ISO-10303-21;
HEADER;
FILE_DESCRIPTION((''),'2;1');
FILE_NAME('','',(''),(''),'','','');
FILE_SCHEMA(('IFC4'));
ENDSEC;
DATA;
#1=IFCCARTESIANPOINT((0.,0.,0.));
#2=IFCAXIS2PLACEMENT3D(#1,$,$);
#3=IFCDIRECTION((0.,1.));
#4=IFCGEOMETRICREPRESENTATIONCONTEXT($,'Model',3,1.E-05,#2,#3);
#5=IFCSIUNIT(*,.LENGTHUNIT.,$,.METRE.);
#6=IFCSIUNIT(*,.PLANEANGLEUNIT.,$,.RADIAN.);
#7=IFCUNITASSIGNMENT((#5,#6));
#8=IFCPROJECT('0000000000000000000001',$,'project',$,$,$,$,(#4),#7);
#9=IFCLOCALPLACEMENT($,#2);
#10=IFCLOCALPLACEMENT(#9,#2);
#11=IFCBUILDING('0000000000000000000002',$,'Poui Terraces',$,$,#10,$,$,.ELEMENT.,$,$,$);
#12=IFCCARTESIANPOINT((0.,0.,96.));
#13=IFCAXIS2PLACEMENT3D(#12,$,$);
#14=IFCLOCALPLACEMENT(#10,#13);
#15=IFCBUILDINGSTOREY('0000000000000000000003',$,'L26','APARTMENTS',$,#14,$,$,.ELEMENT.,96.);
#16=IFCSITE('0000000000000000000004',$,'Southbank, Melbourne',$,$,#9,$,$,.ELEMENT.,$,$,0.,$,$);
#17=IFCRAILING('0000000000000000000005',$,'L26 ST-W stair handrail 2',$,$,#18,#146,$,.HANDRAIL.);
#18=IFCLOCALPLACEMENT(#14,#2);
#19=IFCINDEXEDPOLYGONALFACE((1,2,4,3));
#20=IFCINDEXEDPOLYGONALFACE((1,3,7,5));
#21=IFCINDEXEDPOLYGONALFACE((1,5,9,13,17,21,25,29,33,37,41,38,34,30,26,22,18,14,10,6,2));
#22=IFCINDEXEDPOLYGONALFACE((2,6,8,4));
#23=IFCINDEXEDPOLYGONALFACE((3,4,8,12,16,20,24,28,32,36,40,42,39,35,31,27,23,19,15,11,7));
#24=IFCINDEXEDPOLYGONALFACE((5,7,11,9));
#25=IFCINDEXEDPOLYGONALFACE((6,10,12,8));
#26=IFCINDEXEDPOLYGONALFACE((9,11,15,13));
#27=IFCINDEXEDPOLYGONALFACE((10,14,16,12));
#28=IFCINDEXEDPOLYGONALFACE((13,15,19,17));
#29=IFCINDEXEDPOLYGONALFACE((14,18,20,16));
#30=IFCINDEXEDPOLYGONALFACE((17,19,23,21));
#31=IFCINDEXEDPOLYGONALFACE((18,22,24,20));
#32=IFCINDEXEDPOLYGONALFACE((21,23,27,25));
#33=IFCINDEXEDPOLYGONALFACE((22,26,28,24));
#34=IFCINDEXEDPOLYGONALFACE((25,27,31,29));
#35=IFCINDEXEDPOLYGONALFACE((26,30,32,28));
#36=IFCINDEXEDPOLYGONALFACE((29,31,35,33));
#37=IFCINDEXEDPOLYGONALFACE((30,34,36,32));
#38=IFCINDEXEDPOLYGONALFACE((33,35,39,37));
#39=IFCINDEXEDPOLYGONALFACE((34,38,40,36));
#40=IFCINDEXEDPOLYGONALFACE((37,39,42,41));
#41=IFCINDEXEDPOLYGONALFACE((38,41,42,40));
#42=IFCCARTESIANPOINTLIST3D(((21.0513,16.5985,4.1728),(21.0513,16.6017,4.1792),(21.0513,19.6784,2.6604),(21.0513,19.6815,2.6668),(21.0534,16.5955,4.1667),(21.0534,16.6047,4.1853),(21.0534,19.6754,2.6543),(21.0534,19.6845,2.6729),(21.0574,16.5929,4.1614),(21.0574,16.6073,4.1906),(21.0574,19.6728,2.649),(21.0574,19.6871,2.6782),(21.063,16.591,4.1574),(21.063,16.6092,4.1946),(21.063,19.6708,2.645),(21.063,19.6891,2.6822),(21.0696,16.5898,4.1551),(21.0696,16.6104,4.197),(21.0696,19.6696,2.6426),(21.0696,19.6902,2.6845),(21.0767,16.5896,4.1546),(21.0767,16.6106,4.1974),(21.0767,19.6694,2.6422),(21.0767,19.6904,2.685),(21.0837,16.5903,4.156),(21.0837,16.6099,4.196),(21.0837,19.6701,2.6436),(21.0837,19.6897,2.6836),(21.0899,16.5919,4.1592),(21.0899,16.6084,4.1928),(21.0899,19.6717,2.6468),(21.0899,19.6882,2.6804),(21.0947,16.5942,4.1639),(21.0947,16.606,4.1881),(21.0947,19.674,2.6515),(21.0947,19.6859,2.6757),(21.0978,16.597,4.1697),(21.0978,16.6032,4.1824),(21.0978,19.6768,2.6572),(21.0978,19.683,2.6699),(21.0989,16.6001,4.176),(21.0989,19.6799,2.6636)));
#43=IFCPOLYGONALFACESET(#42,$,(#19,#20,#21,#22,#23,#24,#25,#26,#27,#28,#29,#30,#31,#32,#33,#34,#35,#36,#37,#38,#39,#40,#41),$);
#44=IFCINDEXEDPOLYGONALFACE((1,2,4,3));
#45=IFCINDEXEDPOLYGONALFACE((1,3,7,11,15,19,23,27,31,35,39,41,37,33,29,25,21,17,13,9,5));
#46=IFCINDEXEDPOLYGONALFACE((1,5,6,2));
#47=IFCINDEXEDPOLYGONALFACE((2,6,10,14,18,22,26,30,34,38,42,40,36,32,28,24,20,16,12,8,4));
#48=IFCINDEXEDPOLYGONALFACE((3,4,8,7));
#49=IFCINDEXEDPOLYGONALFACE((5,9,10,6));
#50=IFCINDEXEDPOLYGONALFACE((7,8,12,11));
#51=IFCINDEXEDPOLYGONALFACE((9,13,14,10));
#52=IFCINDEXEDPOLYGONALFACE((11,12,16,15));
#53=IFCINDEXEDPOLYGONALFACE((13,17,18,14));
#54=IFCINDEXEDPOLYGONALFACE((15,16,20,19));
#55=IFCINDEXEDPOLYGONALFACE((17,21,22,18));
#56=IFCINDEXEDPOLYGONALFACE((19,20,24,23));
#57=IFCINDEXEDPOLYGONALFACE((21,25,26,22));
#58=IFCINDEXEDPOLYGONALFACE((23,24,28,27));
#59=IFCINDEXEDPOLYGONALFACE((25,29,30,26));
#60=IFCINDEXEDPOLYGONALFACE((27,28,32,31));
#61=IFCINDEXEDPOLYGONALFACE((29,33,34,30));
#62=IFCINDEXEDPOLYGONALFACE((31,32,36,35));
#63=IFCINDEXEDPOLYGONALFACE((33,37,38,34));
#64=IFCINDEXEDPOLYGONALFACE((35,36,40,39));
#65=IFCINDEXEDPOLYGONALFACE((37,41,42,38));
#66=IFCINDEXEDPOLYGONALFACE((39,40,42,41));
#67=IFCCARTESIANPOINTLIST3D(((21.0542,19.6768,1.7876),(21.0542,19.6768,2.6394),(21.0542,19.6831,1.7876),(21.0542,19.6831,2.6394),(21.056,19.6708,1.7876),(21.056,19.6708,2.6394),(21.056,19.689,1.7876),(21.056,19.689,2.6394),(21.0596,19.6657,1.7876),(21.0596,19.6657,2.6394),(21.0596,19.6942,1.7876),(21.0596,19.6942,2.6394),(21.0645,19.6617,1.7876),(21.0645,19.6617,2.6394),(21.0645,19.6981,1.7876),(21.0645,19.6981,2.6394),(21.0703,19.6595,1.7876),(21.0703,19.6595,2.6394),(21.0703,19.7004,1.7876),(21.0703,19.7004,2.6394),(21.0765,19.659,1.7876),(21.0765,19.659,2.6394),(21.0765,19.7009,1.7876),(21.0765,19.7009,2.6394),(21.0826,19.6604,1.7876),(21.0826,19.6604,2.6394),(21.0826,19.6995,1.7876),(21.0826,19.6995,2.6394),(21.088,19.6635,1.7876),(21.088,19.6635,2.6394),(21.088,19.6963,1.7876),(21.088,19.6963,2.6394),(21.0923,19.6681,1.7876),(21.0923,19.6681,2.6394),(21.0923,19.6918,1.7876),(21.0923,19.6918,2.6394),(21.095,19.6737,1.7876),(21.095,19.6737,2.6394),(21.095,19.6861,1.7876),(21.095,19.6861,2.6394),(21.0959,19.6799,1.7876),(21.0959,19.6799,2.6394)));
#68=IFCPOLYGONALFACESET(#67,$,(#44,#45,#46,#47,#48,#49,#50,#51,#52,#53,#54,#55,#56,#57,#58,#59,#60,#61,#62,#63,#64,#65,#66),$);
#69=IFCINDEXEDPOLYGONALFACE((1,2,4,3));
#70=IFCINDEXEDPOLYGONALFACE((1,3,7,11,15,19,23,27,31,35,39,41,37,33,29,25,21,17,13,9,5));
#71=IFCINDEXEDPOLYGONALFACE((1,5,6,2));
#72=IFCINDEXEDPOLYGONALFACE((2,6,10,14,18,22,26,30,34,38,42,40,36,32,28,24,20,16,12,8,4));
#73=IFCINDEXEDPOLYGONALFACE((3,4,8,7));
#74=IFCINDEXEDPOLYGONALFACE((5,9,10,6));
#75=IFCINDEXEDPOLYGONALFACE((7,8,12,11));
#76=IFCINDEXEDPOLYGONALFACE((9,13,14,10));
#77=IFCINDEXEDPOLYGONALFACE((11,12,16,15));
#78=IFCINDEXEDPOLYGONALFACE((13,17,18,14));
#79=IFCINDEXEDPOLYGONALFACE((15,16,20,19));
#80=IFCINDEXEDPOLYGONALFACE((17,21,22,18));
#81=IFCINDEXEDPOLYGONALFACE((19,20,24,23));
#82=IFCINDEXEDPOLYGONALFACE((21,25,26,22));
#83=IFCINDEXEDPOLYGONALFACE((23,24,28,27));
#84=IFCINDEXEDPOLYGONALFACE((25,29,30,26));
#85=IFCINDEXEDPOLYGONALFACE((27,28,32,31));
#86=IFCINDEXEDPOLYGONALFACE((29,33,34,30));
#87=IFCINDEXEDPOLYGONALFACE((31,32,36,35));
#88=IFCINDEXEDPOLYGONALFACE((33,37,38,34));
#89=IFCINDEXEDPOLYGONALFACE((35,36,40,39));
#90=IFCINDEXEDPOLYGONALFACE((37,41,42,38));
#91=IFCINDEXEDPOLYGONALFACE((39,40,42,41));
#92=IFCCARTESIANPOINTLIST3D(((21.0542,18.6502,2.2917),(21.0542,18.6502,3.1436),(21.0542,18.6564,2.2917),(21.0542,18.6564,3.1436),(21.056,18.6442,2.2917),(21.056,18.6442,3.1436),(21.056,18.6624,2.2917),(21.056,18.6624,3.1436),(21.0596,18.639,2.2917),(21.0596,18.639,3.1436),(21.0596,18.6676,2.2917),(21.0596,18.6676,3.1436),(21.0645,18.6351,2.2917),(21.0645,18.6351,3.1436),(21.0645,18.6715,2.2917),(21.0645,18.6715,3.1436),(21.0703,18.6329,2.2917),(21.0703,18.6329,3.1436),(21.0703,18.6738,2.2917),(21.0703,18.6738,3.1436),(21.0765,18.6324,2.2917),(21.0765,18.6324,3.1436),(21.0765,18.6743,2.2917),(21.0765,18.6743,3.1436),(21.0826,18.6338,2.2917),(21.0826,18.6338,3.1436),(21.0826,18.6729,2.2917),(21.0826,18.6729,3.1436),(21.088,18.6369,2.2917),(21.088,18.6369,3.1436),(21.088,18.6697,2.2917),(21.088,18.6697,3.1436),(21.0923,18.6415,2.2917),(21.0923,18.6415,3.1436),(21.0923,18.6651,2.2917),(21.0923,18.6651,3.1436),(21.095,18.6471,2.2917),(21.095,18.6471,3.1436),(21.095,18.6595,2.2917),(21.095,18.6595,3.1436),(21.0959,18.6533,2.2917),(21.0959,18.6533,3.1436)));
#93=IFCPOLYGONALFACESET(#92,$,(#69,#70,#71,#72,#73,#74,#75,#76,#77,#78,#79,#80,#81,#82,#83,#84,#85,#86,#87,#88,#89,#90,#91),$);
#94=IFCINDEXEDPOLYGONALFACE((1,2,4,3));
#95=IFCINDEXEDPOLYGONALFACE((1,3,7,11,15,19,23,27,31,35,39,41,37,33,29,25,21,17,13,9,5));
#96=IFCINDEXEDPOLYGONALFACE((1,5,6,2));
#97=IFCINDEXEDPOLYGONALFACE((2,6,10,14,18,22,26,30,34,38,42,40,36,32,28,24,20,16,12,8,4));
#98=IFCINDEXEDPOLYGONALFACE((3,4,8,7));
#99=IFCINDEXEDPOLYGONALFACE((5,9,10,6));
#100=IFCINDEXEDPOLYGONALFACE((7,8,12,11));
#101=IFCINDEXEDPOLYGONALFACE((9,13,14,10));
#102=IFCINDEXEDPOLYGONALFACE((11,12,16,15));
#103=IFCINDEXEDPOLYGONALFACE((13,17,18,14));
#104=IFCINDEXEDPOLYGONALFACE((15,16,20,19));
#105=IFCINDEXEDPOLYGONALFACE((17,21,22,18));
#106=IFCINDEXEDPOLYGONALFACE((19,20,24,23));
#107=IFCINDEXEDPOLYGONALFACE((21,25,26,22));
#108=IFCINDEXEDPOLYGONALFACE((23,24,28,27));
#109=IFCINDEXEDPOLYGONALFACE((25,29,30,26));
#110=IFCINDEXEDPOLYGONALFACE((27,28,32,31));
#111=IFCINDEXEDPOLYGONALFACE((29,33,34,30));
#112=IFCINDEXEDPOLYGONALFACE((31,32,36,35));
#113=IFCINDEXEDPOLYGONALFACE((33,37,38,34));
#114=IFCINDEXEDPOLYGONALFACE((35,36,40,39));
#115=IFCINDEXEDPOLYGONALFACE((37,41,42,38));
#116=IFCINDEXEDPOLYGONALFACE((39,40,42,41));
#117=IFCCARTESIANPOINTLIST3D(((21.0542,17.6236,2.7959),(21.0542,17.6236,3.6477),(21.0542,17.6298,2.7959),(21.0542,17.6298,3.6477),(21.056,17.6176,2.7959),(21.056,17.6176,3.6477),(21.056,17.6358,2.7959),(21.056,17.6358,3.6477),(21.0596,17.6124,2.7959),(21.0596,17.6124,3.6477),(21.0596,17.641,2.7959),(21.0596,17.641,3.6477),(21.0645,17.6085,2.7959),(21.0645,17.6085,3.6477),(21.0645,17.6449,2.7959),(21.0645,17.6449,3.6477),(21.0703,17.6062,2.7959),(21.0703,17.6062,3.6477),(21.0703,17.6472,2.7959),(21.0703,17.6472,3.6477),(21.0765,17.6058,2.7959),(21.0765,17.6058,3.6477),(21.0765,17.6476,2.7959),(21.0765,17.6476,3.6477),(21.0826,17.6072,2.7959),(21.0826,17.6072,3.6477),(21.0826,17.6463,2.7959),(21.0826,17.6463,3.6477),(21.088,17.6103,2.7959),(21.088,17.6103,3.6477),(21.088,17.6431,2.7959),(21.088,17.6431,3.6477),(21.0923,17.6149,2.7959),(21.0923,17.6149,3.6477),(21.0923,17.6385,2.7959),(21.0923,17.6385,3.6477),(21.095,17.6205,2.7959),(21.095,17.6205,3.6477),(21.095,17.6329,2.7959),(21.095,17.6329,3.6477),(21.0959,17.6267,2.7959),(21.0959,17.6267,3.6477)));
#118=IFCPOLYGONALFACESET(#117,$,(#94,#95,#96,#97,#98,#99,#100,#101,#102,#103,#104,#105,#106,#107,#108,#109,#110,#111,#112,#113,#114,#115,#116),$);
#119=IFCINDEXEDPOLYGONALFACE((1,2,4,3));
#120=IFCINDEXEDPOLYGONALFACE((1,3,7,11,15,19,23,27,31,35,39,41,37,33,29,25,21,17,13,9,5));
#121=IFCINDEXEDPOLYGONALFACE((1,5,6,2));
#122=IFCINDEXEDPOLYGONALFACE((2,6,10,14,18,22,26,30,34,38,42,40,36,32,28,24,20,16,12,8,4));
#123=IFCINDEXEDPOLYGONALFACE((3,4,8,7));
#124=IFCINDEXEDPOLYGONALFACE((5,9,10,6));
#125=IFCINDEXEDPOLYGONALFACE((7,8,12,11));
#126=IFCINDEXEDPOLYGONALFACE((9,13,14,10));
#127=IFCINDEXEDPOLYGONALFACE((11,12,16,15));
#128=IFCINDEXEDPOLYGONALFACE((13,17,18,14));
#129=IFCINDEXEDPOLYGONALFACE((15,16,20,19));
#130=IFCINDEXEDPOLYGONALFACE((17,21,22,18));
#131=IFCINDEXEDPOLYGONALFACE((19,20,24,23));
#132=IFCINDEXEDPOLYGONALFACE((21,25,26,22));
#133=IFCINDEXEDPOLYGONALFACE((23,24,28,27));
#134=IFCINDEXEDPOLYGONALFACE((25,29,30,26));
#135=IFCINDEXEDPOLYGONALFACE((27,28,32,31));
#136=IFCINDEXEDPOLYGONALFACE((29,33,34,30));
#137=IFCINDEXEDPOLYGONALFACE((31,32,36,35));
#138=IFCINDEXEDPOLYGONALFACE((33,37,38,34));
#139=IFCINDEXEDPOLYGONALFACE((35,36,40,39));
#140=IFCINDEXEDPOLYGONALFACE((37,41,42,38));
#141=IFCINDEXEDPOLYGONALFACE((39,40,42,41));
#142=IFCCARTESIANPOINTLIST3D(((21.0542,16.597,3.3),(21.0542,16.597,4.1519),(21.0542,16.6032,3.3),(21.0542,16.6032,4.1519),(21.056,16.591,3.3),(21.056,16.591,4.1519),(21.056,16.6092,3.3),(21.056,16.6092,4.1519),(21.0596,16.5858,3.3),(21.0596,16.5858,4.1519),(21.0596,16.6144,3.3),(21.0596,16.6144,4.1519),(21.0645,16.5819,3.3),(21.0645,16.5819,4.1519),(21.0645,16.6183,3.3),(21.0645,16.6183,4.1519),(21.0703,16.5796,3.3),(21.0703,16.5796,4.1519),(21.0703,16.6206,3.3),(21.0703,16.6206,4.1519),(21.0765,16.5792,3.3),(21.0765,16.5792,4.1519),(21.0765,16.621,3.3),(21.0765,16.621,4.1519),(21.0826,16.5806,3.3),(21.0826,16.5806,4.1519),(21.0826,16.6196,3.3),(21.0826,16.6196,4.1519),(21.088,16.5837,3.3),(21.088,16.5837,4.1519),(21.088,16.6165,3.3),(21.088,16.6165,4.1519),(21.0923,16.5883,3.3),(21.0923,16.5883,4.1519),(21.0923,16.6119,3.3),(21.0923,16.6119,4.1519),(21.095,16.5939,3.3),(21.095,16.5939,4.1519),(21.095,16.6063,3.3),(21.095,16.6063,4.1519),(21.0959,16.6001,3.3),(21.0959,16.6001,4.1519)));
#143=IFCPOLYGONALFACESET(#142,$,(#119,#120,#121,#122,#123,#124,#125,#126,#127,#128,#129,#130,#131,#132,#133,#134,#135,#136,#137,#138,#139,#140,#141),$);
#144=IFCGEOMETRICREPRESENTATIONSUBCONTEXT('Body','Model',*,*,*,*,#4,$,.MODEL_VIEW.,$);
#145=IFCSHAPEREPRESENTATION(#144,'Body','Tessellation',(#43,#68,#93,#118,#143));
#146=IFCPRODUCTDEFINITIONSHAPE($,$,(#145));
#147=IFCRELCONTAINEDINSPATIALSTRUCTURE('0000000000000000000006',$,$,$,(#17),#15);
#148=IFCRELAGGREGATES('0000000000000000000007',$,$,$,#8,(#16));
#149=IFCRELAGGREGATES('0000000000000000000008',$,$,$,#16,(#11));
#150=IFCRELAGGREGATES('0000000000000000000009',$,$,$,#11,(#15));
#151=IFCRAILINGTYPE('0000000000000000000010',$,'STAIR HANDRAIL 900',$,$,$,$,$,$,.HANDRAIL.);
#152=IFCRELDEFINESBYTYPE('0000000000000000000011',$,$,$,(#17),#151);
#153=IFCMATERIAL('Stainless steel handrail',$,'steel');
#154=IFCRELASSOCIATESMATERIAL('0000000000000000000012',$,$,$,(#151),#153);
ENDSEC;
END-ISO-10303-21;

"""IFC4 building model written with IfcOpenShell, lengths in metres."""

from ifc_helpers import new_model, si_unit, direction, frame, origin, origin_2d, place, context, subcontext, project, spatial, circle, extrude, material, type_object, element, save


model = new_model("IFC4")

# Units and contexts
model_context = context("Model", 3, precision=1e-05, world=origin(), true_north=direction((0.0, 1.0)))
body_context = subcontext(model_context, "Body", "Model", "MODEL_VIEW")
ifc_project = project(units=[si_unit("LENGTHUNIT", "METRE"), si_unit("PLANEANGLEUNIT", "RADIAN")], contexts=[model_context])

# Site, building, storey
site_placement = place(None, origin())
site = spatial("IfcSite", under=ifc_project, at=site_placement, Name="Southbank, Melbourne", CompositionType="ELEMENT", RefElevation=0.0)
building_placement = place(site_placement, origin())
building = spatial("IfcBuilding", under=site, at=building_placement, Name="Poui Terraces", CompositionType="ELEMENT")
storey_placement = place(building_placement, frame((0.0, 0.0, 96.0)))
storey = spatial("IfcBuildingStorey", under=building, at=storey_placement, Name="L26", Description="APARTMENTS", CompositionType="ELEMENT", Elevation=96.0)

# Railing
ifc_material_1 = material(Name="Stainless steel handrail", Category="steel")
railing_type_1 = type_object("IfcRailingType", Name="STAIR HANDRAIL 900", PredefinedType="HANDRAIL", material=ifc_material_1)
railing_1_placement = place(storey_placement, frame((21.075, 19.6799, 1.7876)))
element("IfcRailing", 1, at=railing_1_placement, inside=storey, type_object=railing_type_1, Name="L26 ST-W stair handrail 2", PredefinedType="HANDRAIL", context=body_context, shape_type="SweptSolid", body=[
    extrude(circle(Radius=0.0239, at=origin_2d()), frame((0.0, 0.0, 0.876), z_axis=(0.0, -0.897606, 0.440798), x_axis=(1.0, 0.0, 0.0)), (0.0, 0.0, 1.0), 3.4312),
    extrude(circle(Radius=0.021, at=origin_2d()), origin(), (0.0, 0.0, 1.0), 0.8518),
    extrude(circle(Radius=0.021, at=origin_2d()), frame((0.0, -1.0266, 0.5042)), (0.0, 0.0, 1.0), 0.8518),
    extrude(circle(Radius=0.021, at=origin_2d()), frame((0.0, -2.0532, 1.0083)), (0.0, 0.0, 1.0), 0.8518),
    extrude(circle(Radius=0.021, at=origin_2d()), frame((0.0, -3.0798, 1.5125)), (0.0, 0.0, 1.0), 0.8518),
])

save(model, "model.ifc")
